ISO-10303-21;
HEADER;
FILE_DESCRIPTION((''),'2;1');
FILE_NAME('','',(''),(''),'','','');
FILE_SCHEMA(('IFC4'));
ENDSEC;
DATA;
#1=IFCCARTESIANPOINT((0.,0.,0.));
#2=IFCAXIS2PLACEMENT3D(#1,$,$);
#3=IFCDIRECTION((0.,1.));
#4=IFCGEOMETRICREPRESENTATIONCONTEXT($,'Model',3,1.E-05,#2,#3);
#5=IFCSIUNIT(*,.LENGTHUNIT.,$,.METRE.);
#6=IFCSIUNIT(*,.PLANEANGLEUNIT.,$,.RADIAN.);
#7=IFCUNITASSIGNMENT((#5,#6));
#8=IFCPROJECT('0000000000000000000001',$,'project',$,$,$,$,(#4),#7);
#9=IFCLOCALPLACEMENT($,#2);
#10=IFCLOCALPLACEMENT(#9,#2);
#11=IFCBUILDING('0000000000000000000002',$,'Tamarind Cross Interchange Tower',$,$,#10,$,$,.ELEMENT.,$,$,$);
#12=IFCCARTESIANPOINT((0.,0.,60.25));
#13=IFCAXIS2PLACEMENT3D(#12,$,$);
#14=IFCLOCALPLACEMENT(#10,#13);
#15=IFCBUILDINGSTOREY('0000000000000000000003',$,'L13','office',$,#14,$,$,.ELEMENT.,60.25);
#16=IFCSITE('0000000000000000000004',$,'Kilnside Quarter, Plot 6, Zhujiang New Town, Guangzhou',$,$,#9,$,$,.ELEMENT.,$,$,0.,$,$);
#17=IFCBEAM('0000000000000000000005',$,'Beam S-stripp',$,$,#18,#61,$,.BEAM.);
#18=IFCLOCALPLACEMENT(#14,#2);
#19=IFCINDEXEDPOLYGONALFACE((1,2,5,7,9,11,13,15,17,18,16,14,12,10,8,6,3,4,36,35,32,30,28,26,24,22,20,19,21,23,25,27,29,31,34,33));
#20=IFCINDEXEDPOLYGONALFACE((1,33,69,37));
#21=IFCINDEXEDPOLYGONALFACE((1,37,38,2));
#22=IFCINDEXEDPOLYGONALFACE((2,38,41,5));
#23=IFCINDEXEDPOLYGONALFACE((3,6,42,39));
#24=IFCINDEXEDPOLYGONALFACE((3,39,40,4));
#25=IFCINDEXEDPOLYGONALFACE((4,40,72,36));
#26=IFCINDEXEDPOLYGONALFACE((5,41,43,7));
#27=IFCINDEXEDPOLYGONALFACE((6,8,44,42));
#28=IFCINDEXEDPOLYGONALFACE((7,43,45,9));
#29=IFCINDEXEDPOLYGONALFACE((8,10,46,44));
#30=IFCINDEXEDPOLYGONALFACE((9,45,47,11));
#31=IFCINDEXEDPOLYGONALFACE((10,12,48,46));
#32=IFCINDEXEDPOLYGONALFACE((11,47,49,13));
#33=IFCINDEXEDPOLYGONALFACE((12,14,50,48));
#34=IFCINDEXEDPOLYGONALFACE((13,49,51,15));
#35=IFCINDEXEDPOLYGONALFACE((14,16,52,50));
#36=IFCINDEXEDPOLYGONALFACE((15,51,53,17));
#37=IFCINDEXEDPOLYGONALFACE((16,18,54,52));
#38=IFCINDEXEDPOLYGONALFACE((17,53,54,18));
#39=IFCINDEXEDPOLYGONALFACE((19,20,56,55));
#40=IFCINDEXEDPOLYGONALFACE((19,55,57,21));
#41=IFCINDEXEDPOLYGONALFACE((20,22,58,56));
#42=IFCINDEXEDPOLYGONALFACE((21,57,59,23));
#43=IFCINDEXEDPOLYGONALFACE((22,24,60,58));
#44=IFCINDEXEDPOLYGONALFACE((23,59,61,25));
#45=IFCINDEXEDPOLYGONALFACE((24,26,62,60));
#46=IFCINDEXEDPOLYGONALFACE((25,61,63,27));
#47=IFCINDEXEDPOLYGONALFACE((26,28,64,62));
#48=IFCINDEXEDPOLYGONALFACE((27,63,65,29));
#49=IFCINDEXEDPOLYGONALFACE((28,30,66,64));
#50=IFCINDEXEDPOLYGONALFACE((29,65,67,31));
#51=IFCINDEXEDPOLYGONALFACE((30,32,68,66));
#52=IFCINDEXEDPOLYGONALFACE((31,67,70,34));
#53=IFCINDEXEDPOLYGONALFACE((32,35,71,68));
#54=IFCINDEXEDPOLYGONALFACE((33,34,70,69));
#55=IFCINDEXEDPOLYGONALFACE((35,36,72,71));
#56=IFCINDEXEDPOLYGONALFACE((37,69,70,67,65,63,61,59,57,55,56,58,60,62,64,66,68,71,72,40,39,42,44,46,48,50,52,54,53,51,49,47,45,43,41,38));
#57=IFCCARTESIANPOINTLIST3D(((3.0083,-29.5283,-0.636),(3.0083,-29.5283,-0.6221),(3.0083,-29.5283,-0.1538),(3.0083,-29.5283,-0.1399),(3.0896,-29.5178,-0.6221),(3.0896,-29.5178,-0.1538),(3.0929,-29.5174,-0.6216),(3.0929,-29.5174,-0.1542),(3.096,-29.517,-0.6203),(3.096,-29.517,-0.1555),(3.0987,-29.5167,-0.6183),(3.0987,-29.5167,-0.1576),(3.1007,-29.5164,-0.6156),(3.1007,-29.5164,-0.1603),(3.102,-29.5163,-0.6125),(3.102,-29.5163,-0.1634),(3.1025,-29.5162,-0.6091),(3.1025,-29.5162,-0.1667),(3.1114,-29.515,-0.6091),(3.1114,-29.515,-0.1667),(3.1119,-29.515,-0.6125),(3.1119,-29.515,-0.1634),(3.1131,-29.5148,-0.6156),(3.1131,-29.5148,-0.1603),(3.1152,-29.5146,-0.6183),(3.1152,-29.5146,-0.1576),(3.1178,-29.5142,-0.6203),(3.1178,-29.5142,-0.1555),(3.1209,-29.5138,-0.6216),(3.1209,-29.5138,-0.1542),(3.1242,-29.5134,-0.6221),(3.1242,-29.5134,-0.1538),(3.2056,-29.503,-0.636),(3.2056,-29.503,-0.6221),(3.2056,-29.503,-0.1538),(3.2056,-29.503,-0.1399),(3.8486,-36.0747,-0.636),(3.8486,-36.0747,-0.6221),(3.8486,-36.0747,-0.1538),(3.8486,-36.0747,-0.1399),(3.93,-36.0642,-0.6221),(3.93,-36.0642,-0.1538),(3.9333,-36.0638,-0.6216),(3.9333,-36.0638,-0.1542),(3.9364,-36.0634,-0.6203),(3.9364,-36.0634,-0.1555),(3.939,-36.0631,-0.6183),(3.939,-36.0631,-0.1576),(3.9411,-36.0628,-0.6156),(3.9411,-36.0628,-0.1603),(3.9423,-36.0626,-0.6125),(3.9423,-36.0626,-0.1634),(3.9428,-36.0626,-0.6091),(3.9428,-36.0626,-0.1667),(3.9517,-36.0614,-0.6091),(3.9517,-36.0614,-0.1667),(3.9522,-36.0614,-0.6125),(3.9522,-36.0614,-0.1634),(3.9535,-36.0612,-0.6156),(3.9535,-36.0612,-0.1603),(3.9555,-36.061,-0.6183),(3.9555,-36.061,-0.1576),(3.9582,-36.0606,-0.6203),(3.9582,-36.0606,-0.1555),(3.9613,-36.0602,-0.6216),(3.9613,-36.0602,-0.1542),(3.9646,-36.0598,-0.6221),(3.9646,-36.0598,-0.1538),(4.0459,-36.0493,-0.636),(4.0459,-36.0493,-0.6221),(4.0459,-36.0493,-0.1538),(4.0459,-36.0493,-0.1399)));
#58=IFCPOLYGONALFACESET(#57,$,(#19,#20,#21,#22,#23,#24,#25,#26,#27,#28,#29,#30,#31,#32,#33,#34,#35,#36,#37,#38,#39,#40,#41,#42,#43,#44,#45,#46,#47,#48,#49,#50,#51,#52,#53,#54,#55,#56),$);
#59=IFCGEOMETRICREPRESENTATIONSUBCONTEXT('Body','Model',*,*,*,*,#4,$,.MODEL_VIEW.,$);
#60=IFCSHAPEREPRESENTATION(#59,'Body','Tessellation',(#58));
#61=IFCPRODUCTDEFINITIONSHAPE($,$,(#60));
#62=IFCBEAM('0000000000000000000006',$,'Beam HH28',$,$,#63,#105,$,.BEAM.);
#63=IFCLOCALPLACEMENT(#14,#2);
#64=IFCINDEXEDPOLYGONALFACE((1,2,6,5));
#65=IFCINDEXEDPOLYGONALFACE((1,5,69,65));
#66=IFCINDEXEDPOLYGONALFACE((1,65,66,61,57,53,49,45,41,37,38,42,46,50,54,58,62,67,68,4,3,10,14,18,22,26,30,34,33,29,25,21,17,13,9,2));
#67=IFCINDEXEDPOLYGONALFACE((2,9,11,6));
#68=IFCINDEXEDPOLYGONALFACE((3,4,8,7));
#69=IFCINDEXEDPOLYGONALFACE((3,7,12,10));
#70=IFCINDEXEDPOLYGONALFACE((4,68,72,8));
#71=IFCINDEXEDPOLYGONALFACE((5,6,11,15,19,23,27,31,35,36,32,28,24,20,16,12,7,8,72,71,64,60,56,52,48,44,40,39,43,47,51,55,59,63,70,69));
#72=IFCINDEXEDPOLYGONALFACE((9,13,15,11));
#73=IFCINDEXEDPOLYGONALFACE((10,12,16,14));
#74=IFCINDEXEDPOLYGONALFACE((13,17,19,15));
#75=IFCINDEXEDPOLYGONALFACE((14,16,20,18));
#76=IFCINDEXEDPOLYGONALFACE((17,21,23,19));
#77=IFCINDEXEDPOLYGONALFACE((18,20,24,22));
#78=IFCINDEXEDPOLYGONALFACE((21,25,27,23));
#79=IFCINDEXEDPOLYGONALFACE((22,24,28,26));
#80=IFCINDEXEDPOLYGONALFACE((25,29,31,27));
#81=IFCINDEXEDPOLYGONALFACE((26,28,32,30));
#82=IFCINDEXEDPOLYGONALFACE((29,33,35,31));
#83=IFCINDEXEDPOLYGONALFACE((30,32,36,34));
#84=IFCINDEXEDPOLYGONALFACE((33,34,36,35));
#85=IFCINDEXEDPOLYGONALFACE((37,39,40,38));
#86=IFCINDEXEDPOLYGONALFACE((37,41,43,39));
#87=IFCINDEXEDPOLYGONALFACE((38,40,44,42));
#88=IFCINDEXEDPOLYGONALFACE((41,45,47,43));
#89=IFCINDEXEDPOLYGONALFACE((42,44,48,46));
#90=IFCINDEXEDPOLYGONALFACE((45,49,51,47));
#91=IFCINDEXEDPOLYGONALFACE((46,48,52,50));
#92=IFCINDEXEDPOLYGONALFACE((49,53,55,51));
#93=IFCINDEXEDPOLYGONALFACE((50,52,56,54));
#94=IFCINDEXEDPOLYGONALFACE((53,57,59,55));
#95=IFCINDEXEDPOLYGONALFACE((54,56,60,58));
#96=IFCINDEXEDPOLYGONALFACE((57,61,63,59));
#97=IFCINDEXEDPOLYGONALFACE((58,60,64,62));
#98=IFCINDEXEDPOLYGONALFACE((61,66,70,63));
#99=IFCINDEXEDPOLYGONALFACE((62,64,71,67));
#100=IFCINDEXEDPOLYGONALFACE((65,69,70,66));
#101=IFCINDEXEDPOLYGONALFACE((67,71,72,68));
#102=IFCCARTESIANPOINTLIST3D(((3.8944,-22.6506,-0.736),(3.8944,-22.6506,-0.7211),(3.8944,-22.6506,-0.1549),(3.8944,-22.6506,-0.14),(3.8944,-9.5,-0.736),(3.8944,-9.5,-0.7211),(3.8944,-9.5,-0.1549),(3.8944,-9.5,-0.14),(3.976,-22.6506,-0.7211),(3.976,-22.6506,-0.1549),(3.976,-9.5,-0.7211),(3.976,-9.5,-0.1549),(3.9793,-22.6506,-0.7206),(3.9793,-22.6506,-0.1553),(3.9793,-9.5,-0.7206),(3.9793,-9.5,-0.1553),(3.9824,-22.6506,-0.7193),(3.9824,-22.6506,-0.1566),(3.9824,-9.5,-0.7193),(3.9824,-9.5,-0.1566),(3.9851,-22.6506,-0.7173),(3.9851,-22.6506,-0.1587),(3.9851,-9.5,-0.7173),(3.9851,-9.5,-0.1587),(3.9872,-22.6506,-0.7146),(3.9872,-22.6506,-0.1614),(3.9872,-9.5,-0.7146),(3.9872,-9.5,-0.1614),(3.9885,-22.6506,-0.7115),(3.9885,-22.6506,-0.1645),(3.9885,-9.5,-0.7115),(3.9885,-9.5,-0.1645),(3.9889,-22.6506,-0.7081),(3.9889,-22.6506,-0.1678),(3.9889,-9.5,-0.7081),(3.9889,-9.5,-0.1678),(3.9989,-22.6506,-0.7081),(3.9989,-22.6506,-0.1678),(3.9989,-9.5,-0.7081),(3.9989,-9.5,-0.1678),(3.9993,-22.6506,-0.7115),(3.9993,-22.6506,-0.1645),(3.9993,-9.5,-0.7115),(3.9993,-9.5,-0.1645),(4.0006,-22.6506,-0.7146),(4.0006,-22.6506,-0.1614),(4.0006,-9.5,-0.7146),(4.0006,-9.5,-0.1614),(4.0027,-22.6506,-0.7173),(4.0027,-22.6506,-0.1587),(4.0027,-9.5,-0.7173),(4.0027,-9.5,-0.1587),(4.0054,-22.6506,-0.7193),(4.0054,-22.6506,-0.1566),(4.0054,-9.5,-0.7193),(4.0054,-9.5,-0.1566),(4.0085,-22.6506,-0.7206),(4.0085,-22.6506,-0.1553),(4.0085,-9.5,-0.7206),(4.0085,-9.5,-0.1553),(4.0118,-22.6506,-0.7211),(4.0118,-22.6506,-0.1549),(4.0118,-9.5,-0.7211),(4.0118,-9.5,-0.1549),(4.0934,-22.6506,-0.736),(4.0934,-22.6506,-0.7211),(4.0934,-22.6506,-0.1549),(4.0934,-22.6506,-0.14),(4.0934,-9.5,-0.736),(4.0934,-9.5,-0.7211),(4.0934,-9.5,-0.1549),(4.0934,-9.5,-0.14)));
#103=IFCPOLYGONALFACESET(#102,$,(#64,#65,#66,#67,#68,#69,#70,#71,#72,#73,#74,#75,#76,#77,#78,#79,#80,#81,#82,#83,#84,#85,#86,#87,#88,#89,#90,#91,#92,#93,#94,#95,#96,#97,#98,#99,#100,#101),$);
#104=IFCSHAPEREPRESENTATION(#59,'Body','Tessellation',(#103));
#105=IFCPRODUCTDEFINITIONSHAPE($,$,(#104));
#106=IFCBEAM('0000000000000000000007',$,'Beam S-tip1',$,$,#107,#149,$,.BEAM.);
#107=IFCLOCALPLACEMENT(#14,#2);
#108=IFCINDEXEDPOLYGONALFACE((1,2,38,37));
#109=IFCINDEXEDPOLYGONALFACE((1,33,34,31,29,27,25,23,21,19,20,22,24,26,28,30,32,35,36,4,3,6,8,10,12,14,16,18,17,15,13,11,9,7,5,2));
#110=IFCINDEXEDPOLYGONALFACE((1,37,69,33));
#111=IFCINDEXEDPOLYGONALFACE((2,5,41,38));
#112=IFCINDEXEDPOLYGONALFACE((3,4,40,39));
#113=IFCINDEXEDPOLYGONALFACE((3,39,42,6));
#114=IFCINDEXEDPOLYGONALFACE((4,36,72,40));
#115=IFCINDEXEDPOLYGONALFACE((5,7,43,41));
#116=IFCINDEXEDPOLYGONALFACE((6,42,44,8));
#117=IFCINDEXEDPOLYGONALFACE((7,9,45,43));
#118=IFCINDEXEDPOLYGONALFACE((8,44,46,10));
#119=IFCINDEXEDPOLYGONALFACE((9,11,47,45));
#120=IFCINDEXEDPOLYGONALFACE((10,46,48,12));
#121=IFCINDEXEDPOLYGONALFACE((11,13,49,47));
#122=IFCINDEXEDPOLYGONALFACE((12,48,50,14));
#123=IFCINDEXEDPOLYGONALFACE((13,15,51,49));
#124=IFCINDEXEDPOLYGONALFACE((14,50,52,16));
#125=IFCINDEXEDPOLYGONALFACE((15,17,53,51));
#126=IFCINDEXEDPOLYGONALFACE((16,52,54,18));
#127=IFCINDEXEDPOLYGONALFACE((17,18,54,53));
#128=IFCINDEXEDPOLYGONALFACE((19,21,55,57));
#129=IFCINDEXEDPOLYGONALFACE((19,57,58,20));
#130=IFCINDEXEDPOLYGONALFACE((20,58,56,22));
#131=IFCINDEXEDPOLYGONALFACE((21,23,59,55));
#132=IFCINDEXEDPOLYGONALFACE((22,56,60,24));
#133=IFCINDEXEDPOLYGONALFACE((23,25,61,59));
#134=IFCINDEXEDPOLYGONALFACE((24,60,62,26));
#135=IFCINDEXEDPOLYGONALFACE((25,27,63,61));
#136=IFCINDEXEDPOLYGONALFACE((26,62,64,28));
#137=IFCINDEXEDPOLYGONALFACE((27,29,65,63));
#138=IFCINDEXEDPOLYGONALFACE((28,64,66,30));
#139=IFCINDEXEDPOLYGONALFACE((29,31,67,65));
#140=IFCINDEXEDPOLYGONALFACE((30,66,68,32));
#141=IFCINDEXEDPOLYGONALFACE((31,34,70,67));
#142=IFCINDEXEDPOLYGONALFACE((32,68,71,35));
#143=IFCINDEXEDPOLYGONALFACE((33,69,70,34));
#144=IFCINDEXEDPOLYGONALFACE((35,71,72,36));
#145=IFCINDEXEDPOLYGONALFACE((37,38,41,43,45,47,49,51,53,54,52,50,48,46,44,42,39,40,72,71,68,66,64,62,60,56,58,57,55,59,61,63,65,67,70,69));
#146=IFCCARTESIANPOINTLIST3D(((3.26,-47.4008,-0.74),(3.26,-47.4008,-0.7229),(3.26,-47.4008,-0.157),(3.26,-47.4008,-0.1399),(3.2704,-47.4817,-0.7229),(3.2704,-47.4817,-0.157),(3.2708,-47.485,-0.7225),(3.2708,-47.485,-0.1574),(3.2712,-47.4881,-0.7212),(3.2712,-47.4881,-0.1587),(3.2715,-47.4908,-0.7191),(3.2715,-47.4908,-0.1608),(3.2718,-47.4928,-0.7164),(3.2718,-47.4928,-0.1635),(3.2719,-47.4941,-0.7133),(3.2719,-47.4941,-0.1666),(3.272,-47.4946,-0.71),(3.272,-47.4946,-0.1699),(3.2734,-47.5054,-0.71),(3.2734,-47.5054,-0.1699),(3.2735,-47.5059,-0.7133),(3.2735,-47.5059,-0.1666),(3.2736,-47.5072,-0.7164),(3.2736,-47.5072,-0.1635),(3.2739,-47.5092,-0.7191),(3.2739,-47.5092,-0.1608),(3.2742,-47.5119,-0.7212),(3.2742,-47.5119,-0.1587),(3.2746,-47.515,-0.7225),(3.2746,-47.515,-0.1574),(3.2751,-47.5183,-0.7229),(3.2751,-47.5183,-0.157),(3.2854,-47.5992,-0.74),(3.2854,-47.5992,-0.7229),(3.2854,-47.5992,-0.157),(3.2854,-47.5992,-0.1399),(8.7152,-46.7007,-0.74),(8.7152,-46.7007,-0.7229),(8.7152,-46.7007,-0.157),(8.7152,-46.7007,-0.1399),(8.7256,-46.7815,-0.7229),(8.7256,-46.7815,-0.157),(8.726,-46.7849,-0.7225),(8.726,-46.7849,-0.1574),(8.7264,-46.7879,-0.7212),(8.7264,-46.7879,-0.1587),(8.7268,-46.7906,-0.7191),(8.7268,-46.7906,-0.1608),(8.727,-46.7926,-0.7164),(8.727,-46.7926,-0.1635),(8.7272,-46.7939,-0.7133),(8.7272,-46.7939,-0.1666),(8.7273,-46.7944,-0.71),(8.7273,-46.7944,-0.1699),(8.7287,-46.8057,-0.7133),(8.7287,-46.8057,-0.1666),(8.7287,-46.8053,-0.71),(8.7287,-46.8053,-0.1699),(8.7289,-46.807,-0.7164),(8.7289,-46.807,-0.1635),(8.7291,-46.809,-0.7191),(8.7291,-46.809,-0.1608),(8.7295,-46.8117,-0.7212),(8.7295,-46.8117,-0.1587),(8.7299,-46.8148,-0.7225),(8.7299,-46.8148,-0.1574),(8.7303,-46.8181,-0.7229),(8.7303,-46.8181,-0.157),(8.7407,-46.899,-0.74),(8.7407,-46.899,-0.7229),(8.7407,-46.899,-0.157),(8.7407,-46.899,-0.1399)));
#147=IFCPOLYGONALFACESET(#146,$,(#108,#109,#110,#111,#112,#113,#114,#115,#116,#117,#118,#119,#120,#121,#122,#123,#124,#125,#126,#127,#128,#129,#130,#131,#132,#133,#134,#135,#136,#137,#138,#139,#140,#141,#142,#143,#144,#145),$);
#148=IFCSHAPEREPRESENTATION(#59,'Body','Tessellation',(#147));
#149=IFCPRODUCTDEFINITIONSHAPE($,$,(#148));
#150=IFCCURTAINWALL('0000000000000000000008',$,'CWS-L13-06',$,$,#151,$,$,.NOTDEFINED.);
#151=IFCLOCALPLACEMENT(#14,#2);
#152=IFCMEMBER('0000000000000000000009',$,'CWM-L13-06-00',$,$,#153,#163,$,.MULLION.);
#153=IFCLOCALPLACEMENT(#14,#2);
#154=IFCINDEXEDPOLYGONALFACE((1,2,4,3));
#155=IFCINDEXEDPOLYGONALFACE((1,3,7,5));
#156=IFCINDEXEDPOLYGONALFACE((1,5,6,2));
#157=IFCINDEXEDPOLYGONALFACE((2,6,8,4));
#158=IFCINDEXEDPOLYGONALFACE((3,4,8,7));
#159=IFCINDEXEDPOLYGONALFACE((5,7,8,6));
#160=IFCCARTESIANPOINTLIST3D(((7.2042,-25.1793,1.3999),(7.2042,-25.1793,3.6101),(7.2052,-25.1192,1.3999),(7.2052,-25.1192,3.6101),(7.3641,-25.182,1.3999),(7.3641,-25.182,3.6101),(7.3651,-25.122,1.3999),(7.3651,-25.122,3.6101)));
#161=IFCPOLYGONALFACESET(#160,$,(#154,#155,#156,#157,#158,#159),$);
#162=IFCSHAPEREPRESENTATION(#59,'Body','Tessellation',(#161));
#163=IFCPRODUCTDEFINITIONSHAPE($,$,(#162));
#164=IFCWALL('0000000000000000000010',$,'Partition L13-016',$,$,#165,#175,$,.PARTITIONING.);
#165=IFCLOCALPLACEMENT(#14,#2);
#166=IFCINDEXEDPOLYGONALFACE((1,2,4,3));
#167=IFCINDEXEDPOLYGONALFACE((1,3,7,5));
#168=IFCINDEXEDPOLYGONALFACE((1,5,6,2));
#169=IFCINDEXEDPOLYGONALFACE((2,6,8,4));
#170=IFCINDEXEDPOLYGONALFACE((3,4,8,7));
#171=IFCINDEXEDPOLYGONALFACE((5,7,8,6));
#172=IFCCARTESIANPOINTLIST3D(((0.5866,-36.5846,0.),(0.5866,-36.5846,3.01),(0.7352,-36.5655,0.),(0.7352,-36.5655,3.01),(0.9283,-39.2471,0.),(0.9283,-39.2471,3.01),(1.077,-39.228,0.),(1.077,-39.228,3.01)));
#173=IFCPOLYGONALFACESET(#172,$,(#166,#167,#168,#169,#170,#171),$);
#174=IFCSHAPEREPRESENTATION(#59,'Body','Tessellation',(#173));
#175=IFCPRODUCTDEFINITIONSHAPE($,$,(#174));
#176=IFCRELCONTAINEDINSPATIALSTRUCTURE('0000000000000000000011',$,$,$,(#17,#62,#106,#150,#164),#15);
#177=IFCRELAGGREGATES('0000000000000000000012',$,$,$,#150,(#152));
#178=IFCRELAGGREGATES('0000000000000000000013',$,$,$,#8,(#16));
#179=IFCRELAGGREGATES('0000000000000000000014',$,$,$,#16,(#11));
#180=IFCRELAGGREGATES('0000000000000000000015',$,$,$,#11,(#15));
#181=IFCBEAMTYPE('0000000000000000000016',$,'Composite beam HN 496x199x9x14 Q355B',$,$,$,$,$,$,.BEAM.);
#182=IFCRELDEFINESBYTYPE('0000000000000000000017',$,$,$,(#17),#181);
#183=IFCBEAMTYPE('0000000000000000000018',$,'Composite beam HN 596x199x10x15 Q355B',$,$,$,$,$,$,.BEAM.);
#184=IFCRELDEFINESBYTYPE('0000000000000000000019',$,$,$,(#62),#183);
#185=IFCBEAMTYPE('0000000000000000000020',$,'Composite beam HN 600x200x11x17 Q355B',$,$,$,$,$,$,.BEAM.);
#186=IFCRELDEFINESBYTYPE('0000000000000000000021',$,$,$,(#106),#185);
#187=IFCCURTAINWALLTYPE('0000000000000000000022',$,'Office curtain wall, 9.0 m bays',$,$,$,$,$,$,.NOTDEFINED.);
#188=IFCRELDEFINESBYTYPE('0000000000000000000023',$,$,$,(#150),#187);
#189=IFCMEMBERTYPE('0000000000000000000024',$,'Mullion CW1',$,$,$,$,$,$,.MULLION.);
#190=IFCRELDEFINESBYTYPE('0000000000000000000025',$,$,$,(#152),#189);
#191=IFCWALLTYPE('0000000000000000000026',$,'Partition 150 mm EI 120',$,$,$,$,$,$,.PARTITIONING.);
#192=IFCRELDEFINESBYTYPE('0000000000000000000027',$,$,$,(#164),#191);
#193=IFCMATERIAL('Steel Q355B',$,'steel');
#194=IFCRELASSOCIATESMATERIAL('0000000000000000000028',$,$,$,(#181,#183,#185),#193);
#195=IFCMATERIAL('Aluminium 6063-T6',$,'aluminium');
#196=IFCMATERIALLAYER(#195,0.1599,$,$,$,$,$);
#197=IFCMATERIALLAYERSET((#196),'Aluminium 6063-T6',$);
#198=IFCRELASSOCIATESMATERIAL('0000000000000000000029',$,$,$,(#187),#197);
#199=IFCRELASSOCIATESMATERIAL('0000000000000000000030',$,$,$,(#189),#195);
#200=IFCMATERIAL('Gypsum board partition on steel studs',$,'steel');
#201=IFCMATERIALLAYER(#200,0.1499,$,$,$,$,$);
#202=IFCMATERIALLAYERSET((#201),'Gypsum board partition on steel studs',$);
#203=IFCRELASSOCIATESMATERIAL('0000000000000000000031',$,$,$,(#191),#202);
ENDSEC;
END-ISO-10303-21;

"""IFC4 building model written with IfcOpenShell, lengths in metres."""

from ifc_helpers import new_model, si_unit, direction, frame, frame_2d, origin, origin_2d, place, context, subcontext, project, spatial, rectangle, i_section, extrude, material, layer, layer_set, material_profile, profile_set, type_object, element, aggregate, save


model = new_model("IFC4")

# Units and contexts
model_context = context("Model", 3, precision=1e-05, world=origin(), true_north=direction((0.0, 1.0)))
body_context = subcontext(model_context, "Body", "Model", "MODEL_VIEW")
ifc_project = project(units=[si_unit("LENGTHUNIT", "METRE"), si_unit("PLANEANGLEUNIT", "RADIAN")], contexts=[model_context])

# Site, building, storey
site_placement = place(None, origin())
site = spatial("IfcSite", under=ifc_project, at=site_placement, Name="Kilnside Quarter, Plot 6, Zhujiang New Town, Guangzhou", CompositionType="ELEMENT", RefElevation=0.0)
building_placement = place(site_placement, origin())
building = spatial("IfcBuilding", under=site, at=building_placement, Name="Tamarind Cross Interchange Tower", CompositionType="ELEMENT")
storey_placement = place(building_placement, frame((0.0, 0.0, 60.25)))
storey = spatial("IfcBuildingStorey", under=building, at=storey_placement, Name="L13", Description="office", CompositionType="ELEMENT", Elevation=60.25)

# Beams
ifc_material_1 = material(Name="Steel Q355B", Category="steel")
ifc_material_profile_1 = material_profile(ifc_material_1, i_section(OverallWidth=0.199, OverallDepth=0.4961, WebThickness=0.009, FlangeThickness=0.0139, FilletRadius=0.0129, at=origin_2d()), Name="HN 496x199x9x14")
ifc_profile_set_1 = profile_set([ifc_material_profile_1], Name="Steel Q355B")
beam_type_1 = type_object("IfcBeamType", Name="Composite beam HN 496x199x9x14 Q355B", PredefinedType="BEAM", material=ifc_profile_set_1)
beam_1_placement = place(storey_placement, frame((3.1069, -29.5156, -0.3879), z_axis=(0.127321, -0.991862, 0.0), x_axis=(0.991862, 0.127321, 0.0)))
element("IfcBeam", 1, at=beam_1_placement, inside=storey, type_object=beam_type_1, Name="Beam S-stripp", PredefinedType="BEAM", context=body_context, shape_type="SweptSolid", body=[
    extrude(i_section(OverallWidth=0.199, OverallDepth=0.4961, WebThickness=0.009, FlangeThickness=0.0139, FilletRadius=0.0129, at=origin_2d()), origin(), (0.0, 0.0, 1.0), 6.6001),
])
ifc_material_profile_2 = material_profile(ifc_material_1, i_section(OverallWidth=0.199, OverallDepth=0.5959, WebThickness=0.01, FlangeThickness=0.0149, FilletRadius=0.0129, at=origin_2d()), Name="HN 596x199x10x15")
ifc_profile_set_2 = profile_set([ifc_material_profile_2], Name="Steel Q355B")
beam_type_2 = type_object("IfcBeamType", Name="Composite beam HN 596x199x10x15 Q355B", PredefinedType="BEAM", material=ifc_profile_set_2)
beam_2_placement = place(storey_placement, frame((3.9939, -22.6506, -0.438), z_axis=(0.0, 1.0, 0.0), x_axis=(-1.0, 0.0, 0.0)))
element("IfcBeam", 2, at=beam_2_placement, inside=storey, type_object=beam_type_2, Name="Beam HH28", PredefinedType="BEAM", context=body_context, shape_type="SweptSolid", body=[
    extrude(i_section(OverallWidth=0.199, OverallDepth=0.5959, WebThickness=0.01, FlangeThickness=0.0149, FilletRadius=0.0129, at=origin_2d()), origin(), (0.0, 0.0, 1.0), 13.1506),
])
ifc_material_profile_3 = material_profile(ifc_material_1, i_section(OverallWidth=0.2, OverallDepth=0.6001, WebThickness=0.011, FlangeThickness=0.0171, FilletRadius=0.0129, at=origin_2d()), Name="HN 600x200x11x17")
ifc_profile_set_3 = profile_set([ifc_material_profile_3], Name="Steel Q355B")
beam_type_3 = type_object("IfcBeamType", Name="Composite beam HN 600x200x11x17 Q355B", PredefinedType="BEAM", material=ifc_profile_set_3)
beam_3_placement = place(storey_placement, frame((3.2727, -47.5, -0.4399), z_axis=(0.991863, 0.127307, 0.0), x_axis=(-0.127307, 0.991863, 0.0)))
element("IfcBeam", 3, at=beam_3_placement, inside=storey, type_object=beam_type_3, Name="Beam S-tip1", PredefinedType="BEAM", context=body_context, shape_type="SweptSolid", body=[
    extrude(i_section(OverallWidth=0.2, OverallDepth=0.6001, WebThickness=0.011, FlangeThickness=0.0171, FilletRadius=0.0129, at=origin_2d()), origin(), (0.0, 0.0, 1.0), 5.5),
])

# Curtain wall, member
ifc_material_2 = material(Name="Aluminium 6063-T6", Category="aluminium")
ifc_layer_1 = layer(ifc_material_2, 0.1599)
ifc_layer_set_1 = layer_set([ifc_layer_1], Name="Aluminium 6063-T6")
curtain_wall_type = type_object("IfcCurtainWallType", Name="Office curtain wall, 9.0 m bays", PredefinedType="NOTDEFINED", material=ifc_layer_set_1)
curtain_wall_placement = place(storey_placement, origin())
curtain_wall = element("IfcCurtainWall", 4, at=curtain_wall_placement, inside=storey, type_object=curtain_wall_type, Name="CWS-L13-06", PredefinedType="NOTDEFINED")
ifc_material_profile_4 = material_profile(ifc_material_2, rectangle(XDim=0.0601, YDim=0.1599, at=origin_2d()), Name="Mullion CW1")
ifc_profile_set_4 = profile_set([ifc_material_profile_4], Name="Aluminium 6063-T6")
member_type = type_object("IfcMemberType", Name="Mullion CW1", PredefinedType="MULLION", material=ifc_profile_set_4)
member_placement = place(storey_placement, frame((7.2847, -25.1506, 1.3999), z_axis=(0.0, 0.0, 1.0), x_axis=(0.017195, 0.999852, 0.0)))
member = element("IfcMember", 5, at=member_placement, type_object=member_type, Name="CWM-L13-06-00", PredefinedType="MULLION", context=body_context, shape_type="SweptSolid", body=[
    extrude(rectangle(XDim=0.0601, YDim=0.1599, at=origin_2d()), origin(), (0.0, 0.0, 1.0), 2.2102),
])
aggregate(curtain_wall, [member])

# Wall
ifc_material_3 = material(Name="Gypsum board partition on steel studs", Category="steel")
ifc_layer_2 = layer(ifc_material_3, 0.1499)
ifc_layer_set_2 = layer_set([ifc_layer_2], Name="Gypsum board partition on steel studs")
wall_type = type_object("IfcWallType", Name="Partition 150 mm EI 120", PredefinedType="PARTITIONING", material=ifc_layer_set_2)
wall_1_placement = place(storey_placement, frame((0.6609, -36.575, 0.0), z_axis=(0.0, 0.0, 1.0), x_axis=(0.127325, -0.991861, 0.0)))
element("IfcWall", 6, at=wall_1_placement, inside=storey, type_object=wall_type, Name="Partition L13-016", PredefinedType="PARTITIONING", context=body_context, shape_type="SweptSolid", body=[
    extrude(rectangle(XDim=2.6843, YDim=0.1499, at=frame_2d((1.3423, 0.0))), origin(), (0.0, 0.0, 1.0), 3.01),
])

save(model, "model.ifc")
